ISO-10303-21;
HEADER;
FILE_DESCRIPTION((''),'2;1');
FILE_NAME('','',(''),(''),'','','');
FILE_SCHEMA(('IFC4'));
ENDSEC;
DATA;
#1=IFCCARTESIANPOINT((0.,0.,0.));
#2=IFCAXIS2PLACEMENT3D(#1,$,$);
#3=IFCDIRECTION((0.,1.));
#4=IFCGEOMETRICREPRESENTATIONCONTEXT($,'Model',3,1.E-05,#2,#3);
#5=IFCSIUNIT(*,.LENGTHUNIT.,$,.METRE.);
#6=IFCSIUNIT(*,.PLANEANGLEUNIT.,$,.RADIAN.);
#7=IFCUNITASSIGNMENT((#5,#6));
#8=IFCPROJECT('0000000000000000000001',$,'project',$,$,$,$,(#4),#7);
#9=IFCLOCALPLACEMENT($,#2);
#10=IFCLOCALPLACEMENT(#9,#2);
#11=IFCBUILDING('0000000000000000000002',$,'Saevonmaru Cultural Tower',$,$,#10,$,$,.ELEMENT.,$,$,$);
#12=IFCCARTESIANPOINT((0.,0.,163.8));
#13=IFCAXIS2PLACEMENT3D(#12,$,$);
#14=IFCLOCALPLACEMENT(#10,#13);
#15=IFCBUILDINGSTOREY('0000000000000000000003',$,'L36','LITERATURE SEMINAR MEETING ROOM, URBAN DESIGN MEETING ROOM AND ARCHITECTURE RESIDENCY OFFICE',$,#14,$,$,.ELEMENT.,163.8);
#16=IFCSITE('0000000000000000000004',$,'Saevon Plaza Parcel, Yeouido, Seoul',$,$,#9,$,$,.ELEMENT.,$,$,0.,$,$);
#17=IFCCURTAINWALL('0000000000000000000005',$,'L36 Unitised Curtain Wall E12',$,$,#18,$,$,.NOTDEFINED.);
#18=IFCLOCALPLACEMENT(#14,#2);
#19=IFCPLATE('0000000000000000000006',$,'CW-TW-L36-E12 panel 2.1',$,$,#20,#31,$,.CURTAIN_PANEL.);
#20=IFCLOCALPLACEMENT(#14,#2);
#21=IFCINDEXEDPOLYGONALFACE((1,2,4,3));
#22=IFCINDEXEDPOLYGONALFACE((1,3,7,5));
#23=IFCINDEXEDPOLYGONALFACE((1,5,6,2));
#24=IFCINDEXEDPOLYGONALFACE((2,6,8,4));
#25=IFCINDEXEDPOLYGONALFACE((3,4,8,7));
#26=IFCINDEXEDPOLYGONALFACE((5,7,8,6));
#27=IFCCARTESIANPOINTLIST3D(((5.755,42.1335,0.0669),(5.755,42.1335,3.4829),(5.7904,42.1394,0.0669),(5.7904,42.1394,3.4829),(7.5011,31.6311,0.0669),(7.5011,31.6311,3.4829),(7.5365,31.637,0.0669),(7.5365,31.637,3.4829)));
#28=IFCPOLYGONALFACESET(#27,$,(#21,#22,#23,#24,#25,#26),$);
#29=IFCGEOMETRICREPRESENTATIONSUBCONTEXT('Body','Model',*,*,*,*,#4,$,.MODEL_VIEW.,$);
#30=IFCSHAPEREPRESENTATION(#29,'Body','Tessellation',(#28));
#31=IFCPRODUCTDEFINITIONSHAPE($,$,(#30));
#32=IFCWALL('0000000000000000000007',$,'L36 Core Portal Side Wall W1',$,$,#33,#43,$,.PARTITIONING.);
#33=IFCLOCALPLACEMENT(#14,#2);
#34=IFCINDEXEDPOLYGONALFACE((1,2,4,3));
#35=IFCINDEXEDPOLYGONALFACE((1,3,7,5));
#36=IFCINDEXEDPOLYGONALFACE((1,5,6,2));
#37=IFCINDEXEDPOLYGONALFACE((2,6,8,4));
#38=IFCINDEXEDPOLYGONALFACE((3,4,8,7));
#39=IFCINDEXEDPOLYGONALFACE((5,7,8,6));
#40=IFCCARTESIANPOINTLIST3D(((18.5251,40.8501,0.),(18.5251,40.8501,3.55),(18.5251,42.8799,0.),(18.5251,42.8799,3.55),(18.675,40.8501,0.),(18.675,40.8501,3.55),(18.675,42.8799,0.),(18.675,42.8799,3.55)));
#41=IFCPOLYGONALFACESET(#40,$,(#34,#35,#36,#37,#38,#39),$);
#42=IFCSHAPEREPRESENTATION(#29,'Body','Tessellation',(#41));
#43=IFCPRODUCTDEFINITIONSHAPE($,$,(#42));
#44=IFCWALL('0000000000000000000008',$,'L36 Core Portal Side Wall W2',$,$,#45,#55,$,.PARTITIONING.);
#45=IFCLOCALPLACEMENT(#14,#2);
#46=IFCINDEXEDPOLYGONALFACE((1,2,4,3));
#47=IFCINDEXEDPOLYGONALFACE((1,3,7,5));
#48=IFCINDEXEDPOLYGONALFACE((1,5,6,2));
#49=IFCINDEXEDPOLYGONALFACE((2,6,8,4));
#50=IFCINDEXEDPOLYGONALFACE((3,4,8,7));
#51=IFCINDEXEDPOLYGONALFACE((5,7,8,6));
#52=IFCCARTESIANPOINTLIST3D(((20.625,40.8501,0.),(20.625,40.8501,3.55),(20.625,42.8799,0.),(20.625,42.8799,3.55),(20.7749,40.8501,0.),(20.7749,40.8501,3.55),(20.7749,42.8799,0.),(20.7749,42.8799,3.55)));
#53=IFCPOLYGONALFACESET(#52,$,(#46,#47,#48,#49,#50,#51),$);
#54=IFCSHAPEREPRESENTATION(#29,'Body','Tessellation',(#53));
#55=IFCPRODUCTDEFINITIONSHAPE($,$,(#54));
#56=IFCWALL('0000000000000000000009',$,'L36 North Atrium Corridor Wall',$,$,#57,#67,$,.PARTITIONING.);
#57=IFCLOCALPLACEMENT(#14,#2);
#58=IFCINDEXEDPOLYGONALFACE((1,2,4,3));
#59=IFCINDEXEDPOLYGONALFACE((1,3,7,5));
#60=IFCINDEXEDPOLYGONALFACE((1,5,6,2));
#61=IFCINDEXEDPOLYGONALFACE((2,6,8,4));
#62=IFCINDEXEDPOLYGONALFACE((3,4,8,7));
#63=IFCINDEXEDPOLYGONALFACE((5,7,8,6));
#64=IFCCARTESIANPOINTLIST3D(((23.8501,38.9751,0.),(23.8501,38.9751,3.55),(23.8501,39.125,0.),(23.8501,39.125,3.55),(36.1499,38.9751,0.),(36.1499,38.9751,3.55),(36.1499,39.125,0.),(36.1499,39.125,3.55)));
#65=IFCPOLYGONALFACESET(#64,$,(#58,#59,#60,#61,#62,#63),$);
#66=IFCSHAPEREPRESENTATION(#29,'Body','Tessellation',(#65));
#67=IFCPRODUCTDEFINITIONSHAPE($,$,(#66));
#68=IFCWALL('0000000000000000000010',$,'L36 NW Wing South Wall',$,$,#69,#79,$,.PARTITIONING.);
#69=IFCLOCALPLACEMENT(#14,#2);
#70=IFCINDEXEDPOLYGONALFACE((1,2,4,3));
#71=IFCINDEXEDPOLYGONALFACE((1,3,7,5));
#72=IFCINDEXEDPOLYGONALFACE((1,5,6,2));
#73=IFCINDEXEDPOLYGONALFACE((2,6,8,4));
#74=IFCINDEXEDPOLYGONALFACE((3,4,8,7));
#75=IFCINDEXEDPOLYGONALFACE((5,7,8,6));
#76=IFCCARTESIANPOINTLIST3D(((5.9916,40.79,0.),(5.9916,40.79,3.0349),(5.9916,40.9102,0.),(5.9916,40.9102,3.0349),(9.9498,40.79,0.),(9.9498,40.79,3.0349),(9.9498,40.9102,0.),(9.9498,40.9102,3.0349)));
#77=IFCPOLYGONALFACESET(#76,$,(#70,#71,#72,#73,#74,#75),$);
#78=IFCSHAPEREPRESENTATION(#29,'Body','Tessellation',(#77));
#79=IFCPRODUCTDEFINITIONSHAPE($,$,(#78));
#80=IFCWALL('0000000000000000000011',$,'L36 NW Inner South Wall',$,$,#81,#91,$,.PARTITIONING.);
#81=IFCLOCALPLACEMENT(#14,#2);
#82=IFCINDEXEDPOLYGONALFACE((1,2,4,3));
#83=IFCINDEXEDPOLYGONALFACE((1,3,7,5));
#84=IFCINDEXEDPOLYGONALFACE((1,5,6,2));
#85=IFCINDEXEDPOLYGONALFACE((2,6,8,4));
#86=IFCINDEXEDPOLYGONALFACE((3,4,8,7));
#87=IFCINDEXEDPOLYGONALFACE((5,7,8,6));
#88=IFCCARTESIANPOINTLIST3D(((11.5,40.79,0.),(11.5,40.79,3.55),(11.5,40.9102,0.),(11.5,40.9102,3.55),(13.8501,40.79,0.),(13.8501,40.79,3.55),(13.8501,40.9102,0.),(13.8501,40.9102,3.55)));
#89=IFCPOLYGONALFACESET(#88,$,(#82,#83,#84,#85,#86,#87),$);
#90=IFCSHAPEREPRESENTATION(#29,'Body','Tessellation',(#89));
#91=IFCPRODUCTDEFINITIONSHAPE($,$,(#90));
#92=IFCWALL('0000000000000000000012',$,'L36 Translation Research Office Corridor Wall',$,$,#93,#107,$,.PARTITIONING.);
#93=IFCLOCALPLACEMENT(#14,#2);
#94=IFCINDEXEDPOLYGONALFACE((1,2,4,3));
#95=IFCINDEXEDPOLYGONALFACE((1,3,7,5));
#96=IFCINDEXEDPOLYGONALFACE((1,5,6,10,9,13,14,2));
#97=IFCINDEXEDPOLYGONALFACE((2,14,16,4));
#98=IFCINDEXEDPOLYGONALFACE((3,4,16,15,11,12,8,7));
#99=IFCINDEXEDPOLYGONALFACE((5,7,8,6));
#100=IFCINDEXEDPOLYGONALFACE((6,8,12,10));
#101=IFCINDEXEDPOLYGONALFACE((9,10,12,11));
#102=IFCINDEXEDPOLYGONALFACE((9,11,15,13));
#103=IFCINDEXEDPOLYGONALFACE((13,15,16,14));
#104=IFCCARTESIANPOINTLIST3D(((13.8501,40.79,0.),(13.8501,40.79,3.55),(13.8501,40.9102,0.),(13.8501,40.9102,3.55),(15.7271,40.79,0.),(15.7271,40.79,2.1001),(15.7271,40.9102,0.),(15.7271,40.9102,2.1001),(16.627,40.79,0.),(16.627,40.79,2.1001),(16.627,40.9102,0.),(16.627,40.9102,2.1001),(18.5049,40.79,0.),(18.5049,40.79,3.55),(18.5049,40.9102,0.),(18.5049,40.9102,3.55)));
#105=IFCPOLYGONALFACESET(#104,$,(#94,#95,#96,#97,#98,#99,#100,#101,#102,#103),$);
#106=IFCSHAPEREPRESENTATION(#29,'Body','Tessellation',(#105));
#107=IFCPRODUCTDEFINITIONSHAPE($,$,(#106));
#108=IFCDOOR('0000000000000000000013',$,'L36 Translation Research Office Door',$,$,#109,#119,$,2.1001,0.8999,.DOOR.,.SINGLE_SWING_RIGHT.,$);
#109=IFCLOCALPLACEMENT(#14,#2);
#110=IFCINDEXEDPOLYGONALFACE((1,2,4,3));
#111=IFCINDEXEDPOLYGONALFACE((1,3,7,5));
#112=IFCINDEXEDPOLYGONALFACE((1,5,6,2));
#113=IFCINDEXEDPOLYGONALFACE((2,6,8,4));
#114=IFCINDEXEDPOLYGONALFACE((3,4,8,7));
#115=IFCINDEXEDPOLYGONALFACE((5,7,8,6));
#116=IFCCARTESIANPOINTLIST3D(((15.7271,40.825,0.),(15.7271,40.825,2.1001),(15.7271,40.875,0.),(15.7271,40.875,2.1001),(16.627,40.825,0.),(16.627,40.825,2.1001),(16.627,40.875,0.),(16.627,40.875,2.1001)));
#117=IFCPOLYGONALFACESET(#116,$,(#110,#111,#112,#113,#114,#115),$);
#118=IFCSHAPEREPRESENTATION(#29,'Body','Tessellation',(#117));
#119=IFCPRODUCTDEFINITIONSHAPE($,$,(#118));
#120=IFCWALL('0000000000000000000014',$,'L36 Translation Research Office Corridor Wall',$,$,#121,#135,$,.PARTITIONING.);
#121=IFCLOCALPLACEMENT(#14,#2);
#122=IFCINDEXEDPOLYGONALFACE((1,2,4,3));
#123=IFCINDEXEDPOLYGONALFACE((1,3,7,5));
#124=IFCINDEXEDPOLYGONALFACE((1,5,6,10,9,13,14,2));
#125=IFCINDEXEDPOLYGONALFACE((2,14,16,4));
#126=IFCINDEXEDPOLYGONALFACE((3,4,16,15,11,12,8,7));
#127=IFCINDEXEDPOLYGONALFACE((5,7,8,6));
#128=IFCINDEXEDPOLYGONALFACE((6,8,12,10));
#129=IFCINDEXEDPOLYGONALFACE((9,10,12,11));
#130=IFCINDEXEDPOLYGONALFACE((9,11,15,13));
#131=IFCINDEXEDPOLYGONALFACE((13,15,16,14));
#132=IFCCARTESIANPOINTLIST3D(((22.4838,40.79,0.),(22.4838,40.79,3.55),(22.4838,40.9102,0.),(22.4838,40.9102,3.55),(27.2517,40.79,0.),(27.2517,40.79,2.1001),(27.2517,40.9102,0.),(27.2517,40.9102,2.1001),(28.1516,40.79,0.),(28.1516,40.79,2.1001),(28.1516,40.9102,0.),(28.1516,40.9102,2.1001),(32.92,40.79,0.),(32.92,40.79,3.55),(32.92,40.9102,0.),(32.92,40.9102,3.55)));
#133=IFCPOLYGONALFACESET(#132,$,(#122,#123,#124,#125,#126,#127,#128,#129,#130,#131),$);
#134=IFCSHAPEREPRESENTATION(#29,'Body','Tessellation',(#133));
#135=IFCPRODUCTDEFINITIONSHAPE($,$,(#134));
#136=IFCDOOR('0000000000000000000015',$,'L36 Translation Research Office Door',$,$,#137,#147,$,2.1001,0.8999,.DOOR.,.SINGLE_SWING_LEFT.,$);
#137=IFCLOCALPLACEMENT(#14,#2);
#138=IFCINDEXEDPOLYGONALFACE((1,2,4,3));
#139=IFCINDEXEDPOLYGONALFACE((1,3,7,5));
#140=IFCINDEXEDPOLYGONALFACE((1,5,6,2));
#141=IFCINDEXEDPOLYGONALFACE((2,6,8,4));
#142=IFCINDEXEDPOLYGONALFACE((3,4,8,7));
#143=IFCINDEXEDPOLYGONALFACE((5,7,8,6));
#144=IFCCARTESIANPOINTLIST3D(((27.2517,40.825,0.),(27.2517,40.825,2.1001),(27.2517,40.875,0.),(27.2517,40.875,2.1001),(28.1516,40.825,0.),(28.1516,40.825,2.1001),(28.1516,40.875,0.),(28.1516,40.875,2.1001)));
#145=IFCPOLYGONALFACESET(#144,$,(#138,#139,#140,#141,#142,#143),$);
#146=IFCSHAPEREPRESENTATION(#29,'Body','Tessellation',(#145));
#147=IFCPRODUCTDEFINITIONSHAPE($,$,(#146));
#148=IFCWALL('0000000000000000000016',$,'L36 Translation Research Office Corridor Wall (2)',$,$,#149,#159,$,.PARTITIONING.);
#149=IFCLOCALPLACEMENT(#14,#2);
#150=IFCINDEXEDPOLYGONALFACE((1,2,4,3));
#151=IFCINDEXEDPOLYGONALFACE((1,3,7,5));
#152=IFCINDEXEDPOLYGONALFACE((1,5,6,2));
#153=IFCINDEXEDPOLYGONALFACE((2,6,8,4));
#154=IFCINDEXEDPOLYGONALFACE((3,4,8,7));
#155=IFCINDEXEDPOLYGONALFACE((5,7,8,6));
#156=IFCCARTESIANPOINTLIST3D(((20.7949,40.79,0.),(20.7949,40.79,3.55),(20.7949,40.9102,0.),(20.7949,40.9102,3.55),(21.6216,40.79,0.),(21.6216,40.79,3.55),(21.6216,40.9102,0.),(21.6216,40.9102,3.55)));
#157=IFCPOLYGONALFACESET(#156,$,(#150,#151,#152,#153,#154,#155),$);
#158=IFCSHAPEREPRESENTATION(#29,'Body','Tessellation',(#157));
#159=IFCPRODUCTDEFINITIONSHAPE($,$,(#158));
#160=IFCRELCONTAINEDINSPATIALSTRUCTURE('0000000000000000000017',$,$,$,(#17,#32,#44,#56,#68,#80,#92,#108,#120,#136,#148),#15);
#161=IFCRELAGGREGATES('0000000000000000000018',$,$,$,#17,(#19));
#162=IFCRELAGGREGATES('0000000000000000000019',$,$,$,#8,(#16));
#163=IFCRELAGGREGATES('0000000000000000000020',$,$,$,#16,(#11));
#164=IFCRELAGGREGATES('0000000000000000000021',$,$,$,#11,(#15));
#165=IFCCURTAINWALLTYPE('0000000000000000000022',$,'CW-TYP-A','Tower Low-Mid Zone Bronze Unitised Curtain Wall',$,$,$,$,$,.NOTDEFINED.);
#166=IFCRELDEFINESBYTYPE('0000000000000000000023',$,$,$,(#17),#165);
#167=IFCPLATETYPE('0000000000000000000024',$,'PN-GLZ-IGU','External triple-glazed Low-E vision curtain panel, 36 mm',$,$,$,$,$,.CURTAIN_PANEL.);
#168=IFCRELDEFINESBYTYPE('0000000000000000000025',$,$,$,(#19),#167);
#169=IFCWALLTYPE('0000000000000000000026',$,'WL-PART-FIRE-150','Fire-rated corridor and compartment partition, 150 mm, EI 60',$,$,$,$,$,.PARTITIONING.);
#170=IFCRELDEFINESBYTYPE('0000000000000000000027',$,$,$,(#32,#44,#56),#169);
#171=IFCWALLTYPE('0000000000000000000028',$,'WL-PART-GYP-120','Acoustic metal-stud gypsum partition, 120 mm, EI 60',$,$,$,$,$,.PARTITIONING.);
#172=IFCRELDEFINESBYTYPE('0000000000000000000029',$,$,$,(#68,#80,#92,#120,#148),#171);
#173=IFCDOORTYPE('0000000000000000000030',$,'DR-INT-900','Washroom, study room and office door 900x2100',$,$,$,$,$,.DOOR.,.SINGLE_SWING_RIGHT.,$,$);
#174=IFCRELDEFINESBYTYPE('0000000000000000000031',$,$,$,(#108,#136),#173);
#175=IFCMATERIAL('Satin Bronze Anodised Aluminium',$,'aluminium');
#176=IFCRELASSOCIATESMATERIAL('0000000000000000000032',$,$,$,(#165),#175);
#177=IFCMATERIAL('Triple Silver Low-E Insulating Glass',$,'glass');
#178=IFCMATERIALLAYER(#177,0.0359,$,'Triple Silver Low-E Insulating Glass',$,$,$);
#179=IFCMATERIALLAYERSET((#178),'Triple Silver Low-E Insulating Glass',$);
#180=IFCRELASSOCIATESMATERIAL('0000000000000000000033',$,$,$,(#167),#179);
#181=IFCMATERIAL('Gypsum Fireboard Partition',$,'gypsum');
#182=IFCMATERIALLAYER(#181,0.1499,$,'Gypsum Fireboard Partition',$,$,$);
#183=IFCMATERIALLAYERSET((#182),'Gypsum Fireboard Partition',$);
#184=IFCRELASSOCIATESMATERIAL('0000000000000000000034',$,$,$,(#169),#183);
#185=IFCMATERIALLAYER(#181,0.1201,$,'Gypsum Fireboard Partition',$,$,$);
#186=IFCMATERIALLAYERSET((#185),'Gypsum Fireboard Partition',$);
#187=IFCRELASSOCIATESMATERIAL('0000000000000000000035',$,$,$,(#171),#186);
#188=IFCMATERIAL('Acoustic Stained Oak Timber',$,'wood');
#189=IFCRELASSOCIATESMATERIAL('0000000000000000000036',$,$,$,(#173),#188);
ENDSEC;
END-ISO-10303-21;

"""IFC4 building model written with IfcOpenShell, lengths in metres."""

from ifc_helpers import new_model, si_unit, direction, frame, frame_2d, origin, origin_2d, place, context, subcontext, project, spatial, rectangle, extrude, material, layer, layer_set, type_object, element, fill, aggregate, save


model = new_model("IFC4")

# Units and contexts
model_context = context("Model", 3, precision=1e-05, world=origin(), true_north=direction((0.0, 1.0)))
body_context = subcontext(model_context, "Body", "Model", "MODEL_VIEW")
ifc_project = project(units=[si_unit("LENGTHUNIT", "METRE"), si_unit("PLANEANGLEUNIT", "RADIAN")], contexts=[model_context])

# Site, building, storey
site_placement = place(None, origin())
site = spatial("IfcSite", under=ifc_project, at=site_placement, Name="Saevon Plaza Parcel, Yeouido, Seoul", CompositionType="ELEMENT", RefElevation=0.0)
building_placement = place(site_placement, origin())
building = spatial("IfcBuilding", under=site, at=building_placement, Name="Saevonmaru Cultural Tower", CompositionType="ELEMENT")
storey_placement = place(building_placement, frame((0.0, 0.0, 163.8)))
storey = spatial("IfcBuildingStorey", under=building, at=storey_placement, Name="L36", Description="LITERATURE SEMINAR MEETING ROOM, URBAN DESIGN MEETING ROOM AND ARCHITECTURE RESIDENCY OFFICE", CompositionType="ELEMENT", Elevation=163.8)

# Shared definitions
ifc_material_1 = material(Name="Satin Bronze Anodised Aluminium", Category="aluminium")

# Curtain wall, plate
curtain_wall_type_1 = type_object("IfcCurtainWallType", Name="CW-TYP-A", Description="Tower Low-Mid Zone Bronze Unitised Curtain Wall", PredefinedType="NOTDEFINED", material=ifc_material_1)
curtain_wall_1_placement = place(storey_placement, origin())
curtain_wall_1 = element("IfcCurtainWall", 1, at=curtain_wall_1_placement, inside=storey, type_object=curtain_wall_type_1, Name="L36 Unitised Curtain Wall E12", PredefinedType="NOTDEFINED")
ifc_material_2 = material(Name="Triple Silver Low-E Insulating Glass", Category="glass")
ifc_layer_1 = layer(ifc_material_2, 0.0359, Name="Triple Silver Low-E Insulating Glass")
ifc_layer_set_1 = layer_set([ifc_layer_1], Name="Triple Silver Low-E Insulating Glass")
plate_type = type_object("IfcPlateType", Name="PN-GLZ-IGU", Description="External triple-glazed Low-E vision curtain panel, 36 mm", PredefinedType="CURTAIN_PANEL", material=ifc_layer_set_1)
plate_placement = place(storey_placement, frame((6.6458, 36.8853, 0.0669), z_axis=(0.0, 0.0, 1.0), x_axis=(0.163999, -0.986461, 0.0)))
plate = element("IfcPlate", 2, at=plate_placement, type_object=plate_type, Name="CW-TW-L36-E12 panel 2.1", PredefinedType="CURTAIN_PANEL", context=body_context, shape_type="SweptSolid", body=[
    extrude(rectangle(XDim=10.6465, YDim=0.0359, at=origin_2d()), origin(), (0.0, 0.0, 1.0), 3.416),
])
aggregate(curtain_wall_1, [plate])

# Walls
ifc_material_3 = material(Name="Gypsum Fireboard Partition", Category="gypsum")
ifc_layer_2 = layer(ifc_material_3, 0.1499, Name="Gypsum Fireboard Partition")
ifc_layer_set_2 = layer_set([ifc_layer_2], Name="Gypsum Fireboard Partition")
wall_type_1 = type_object("IfcWallType", Name="WL-PART-FIRE-150", Description="Fire-rated corridor and compartment partition, 150 mm, EI 60", PredefinedType="PARTITIONING", material=ifc_layer_set_2)
for number, where, z_axis, x_axis, name in (
    (3, (18.6001, 40.8501, 0.0), (0.0, 0.0, 1.0), (0.0, 1.0, 0.0), "L36 Core Portal Side Wall W1"),
    (4, (20.7, 40.8501, 0.0), (0.0, 0.0, 1.0), (0.0, 1.0, 0.0), "L36 Core Portal Side Wall W2"),
):
    element("IfcWall", number, at=place(storey_placement, frame(where, z_axis=z_axis, x_axis=x_axis)), inside=storey, type_object=wall_type_1, Name=name, PredefinedType="PARTITIONING", context=body_context, shape_type="SweptSolid", body=[
        extrude(rectangle(XDim=2.0298, YDim=0.1499, at=frame_2d((1.0149, 0.0))), origin(), (0.0, 0.0, 1.0), 3.55),
    ])
wall_1_placement = place(storey_placement, frame((23.8501, 39.05, 0.0), z_axis=(0.0, 0.0, 1.0), x_axis=(1.0, 0.0, 0.0)))
element("IfcWall", 5, at=wall_1_placement, inside=storey, type_object=wall_type_1, Name="L36 North Atrium Corridor Wall", PredefinedType="PARTITIONING", context=body_context, shape_type="SweptSolid", body=[
    extrude(rectangle(XDim=12.2998, YDim=0.1499, at=frame_2d((6.1499, 0.0))), origin(), (0.0, 0.0, 1.0), 3.55),
])
ifc_layer_3 = layer(ifc_material_3, 0.1201, Name="Gypsum Fireboard Partition")
ifc_layer_set_3 = layer_set([ifc_layer_3], Name="Gypsum Fireboard Partition")
wall_type_2 = type_object("IfcWallType", Name="WL-PART-GYP-120", Description="Acoustic metal-stud gypsum partition, 120 mm, EI 60", PredefinedType="PARTITIONING", material=ifc_layer_set_3)
wall_2_placement = place(storey_placement, frame((5.9917, 40.8501, 0.0), z_axis=(0.0, 0.0, 1.0), x_axis=(1.0, 0.0, 0.0)))
element("IfcWall", 6, at=wall_2_placement, inside=storey, type_object=wall_type_2, Name="L36 NW Wing South Wall", PredefinedType="PARTITIONING", context=body_context, shape_type="SweptSolid", body=[
    extrude(rectangle(XDim=3.9583, YDim=0.1201, at=frame_2d((1.979, 0.0))), origin(), (0.0, 0.0, 1.0), 3.0349),
])
wall_3_placement = place(storey_placement, frame((11.5, 40.8501, 0.0), z_axis=(0.0, 0.0, 1.0), x_axis=(1.0, 0.0, 0.0)))
element("IfcWall", 7, at=wall_3_placement, inside=storey, type_object=wall_type_2, Name="L36 NW Inner South Wall", PredefinedType="PARTITIONING", context=body_context, shape_type="SweptSolid", body=[
    extrude(rectangle(XDim=2.3501, YDim=0.1201, at=frame_2d((1.175, 0.0))), origin(), (0.0, 0.0, 1.0), 3.55),
])

# Walls, openings, doors
wall_4_placement = place(storey_placement, frame((13.8501, 40.8501, 0.0), z_axis=(0.0, 0.0, 1.0), x_axis=(1.0, 0.0, 0.0)))
wall_4 = element("IfcWall", 8, at=wall_4_placement, inside=storey, type_object=wall_type_2, Name="L36 Translation Research Office Corridor Wall", PredefinedType="PARTITIONING", context=body_context, shape_type="SweptSolid", body=[
    extrude(rectangle(XDim=4.6548, YDim=0.1201, at=frame_2d((2.3274, 0.0))), origin(), (0.0, 0.0, 1.0), 3.55),
])
opening_1_placement = place(wall_4_placement, frame((1.877, 0.0, 0.0)))
opening_1 = element("IfcOpeningElement", 9, at=opening_1_placement, cuts=wall_4, PredefinedType="OPENING", context=body_context, shape_type="SweptSolid", body=[
    extrude(rectangle(XDim=0.8999, YDim=2.1001, at=frame_2d((0.45, 1.05))), frame((0.0, 0.0701, 0.0), z_axis=(0.0, -1.0, 0.0), x_axis=(1.0, 0.0, 0.0)), (0.0, 0.0, 1.0), 0.1401),
])
ifc_material_4 = material(Name="Acoustic Stained Oak Timber", Category="wood")
door_type = type_object("IfcDoorType", Name="DR-INT-900", Description="Washroom, study room and office door 900x2100", OperationType="SINGLE_SWING_RIGHT", PredefinedType="DOOR", material=ifc_material_4)
door_1_placement = place(opening_1_placement, origin())
door_1 = element("IfcDoor", 10, at=door_1_placement, inside=storey, type_object=door_type, Name="L36 Translation Research Office Door", OperationType="SINGLE_SWING_RIGHT", OverallHeight=2.1001, OverallWidth=0.8999, PredefinedType="DOOR", context=body_context, shape_type="SweptSolid", body=[
    extrude(rectangle(XDim=0.8999, YDim=2.1001, at=frame_2d((0.45, 1.05))), frame((0.0, 0.0249, 0.0), z_axis=(0.0, -1.0, 0.0), x_axis=(1.0, 0.0, 0.0)), (0.0, 0.0, 1.0), 0.05),
])
fill(opening_1, door_1)
wall_5_placement = place(storey_placement, frame((22.4836, 40.8501, 0.0), z_axis=(0.0, 0.0, 1.0), x_axis=(1.0, 0.0, 0.0)))
wall_5 = element("IfcWall", 11, at=wall_5_placement, inside=storey, type_object=wall_type_2, Name="L36 Translation Research Office Corridor Wall", PredefinedType="PARTITIONING", context=body_context, shape_type="SweptSolid", body=[
    extrude(rectangle(XDim=10.4363, YDim=0.1201, at=frame_2d((5.2183, 0.0))), origin(), (0.0, 0.0, 1.0), 3.55),
])
opening_2_placement = place(wall_5_placement, frame((4.7681, 0.0, 0.0)))
opening_2 = element("IfcOpeningElement", 12, at=opening_2_placement, cuts=wall_5, PredefinedType="OPENING", context=body_context, shape_type="SweptSolid", body=[
    extrude(rectangle(XDim=0.8999, YDim=2.1001, at=frame_2d((0.45, 1.05))), frame((0.0, 0.0701, 0.0), z_axis=(0.0, -1.0, 0.0), x_axis=(1.0, 0.0, 0.0)), (0.0, 0.0, 1.0), 0.1401),
])
door_2_placement = place(opening_2_placement, origin())
door_2 = element("IfcDoor", 13, at=door_2_placement, inside=storey, type_object=door_type, Name="L36 Translation Research Office Door", OperationType="SINGLE_SWING_LEFT", OverallHeight=2.1001, OverallWidth=0.8999, PredefinedType="DOOR", context=body_context, shape_type="SweptSolid", body=[
    extrude(rectangle(XDim=0.8999, YDim=2.1001, at=frame_2d((0.45, 1.05))), frame((0.0, 0.0249, 0.0), z_axis=(0.0, -1.0, 0.0), x_axis=(1.0, 0.0, 0.0)), (0.0, 0.0, 1.0), 0.05),
])
fill(opening_2, door_2)

# Wall
wall_6_placement = place(storey_placement, frame((20.7949, 40.8501, 0.0), z_axis=(0.0, 0.0, 1.0), x_axis=(1.0, 0.0, 0.0)))
element("IfcWall", 14, at=wall_6_placement, inside=storey, type_object=wall_type_2, Name="L36 Translation Research Office Corridor Wall (2)", PredefinedType="PARTITIONING", context=body_context, shape_type="SweptSolid", body=[
    extrude(rectangle(XDim=0.8267, YDim=0.1201, at=frame_2d((0.4133, 0.0))), origin(), (0.0, 0.0, 1.0), 3.55),
])

save(model, "model.ifc")
